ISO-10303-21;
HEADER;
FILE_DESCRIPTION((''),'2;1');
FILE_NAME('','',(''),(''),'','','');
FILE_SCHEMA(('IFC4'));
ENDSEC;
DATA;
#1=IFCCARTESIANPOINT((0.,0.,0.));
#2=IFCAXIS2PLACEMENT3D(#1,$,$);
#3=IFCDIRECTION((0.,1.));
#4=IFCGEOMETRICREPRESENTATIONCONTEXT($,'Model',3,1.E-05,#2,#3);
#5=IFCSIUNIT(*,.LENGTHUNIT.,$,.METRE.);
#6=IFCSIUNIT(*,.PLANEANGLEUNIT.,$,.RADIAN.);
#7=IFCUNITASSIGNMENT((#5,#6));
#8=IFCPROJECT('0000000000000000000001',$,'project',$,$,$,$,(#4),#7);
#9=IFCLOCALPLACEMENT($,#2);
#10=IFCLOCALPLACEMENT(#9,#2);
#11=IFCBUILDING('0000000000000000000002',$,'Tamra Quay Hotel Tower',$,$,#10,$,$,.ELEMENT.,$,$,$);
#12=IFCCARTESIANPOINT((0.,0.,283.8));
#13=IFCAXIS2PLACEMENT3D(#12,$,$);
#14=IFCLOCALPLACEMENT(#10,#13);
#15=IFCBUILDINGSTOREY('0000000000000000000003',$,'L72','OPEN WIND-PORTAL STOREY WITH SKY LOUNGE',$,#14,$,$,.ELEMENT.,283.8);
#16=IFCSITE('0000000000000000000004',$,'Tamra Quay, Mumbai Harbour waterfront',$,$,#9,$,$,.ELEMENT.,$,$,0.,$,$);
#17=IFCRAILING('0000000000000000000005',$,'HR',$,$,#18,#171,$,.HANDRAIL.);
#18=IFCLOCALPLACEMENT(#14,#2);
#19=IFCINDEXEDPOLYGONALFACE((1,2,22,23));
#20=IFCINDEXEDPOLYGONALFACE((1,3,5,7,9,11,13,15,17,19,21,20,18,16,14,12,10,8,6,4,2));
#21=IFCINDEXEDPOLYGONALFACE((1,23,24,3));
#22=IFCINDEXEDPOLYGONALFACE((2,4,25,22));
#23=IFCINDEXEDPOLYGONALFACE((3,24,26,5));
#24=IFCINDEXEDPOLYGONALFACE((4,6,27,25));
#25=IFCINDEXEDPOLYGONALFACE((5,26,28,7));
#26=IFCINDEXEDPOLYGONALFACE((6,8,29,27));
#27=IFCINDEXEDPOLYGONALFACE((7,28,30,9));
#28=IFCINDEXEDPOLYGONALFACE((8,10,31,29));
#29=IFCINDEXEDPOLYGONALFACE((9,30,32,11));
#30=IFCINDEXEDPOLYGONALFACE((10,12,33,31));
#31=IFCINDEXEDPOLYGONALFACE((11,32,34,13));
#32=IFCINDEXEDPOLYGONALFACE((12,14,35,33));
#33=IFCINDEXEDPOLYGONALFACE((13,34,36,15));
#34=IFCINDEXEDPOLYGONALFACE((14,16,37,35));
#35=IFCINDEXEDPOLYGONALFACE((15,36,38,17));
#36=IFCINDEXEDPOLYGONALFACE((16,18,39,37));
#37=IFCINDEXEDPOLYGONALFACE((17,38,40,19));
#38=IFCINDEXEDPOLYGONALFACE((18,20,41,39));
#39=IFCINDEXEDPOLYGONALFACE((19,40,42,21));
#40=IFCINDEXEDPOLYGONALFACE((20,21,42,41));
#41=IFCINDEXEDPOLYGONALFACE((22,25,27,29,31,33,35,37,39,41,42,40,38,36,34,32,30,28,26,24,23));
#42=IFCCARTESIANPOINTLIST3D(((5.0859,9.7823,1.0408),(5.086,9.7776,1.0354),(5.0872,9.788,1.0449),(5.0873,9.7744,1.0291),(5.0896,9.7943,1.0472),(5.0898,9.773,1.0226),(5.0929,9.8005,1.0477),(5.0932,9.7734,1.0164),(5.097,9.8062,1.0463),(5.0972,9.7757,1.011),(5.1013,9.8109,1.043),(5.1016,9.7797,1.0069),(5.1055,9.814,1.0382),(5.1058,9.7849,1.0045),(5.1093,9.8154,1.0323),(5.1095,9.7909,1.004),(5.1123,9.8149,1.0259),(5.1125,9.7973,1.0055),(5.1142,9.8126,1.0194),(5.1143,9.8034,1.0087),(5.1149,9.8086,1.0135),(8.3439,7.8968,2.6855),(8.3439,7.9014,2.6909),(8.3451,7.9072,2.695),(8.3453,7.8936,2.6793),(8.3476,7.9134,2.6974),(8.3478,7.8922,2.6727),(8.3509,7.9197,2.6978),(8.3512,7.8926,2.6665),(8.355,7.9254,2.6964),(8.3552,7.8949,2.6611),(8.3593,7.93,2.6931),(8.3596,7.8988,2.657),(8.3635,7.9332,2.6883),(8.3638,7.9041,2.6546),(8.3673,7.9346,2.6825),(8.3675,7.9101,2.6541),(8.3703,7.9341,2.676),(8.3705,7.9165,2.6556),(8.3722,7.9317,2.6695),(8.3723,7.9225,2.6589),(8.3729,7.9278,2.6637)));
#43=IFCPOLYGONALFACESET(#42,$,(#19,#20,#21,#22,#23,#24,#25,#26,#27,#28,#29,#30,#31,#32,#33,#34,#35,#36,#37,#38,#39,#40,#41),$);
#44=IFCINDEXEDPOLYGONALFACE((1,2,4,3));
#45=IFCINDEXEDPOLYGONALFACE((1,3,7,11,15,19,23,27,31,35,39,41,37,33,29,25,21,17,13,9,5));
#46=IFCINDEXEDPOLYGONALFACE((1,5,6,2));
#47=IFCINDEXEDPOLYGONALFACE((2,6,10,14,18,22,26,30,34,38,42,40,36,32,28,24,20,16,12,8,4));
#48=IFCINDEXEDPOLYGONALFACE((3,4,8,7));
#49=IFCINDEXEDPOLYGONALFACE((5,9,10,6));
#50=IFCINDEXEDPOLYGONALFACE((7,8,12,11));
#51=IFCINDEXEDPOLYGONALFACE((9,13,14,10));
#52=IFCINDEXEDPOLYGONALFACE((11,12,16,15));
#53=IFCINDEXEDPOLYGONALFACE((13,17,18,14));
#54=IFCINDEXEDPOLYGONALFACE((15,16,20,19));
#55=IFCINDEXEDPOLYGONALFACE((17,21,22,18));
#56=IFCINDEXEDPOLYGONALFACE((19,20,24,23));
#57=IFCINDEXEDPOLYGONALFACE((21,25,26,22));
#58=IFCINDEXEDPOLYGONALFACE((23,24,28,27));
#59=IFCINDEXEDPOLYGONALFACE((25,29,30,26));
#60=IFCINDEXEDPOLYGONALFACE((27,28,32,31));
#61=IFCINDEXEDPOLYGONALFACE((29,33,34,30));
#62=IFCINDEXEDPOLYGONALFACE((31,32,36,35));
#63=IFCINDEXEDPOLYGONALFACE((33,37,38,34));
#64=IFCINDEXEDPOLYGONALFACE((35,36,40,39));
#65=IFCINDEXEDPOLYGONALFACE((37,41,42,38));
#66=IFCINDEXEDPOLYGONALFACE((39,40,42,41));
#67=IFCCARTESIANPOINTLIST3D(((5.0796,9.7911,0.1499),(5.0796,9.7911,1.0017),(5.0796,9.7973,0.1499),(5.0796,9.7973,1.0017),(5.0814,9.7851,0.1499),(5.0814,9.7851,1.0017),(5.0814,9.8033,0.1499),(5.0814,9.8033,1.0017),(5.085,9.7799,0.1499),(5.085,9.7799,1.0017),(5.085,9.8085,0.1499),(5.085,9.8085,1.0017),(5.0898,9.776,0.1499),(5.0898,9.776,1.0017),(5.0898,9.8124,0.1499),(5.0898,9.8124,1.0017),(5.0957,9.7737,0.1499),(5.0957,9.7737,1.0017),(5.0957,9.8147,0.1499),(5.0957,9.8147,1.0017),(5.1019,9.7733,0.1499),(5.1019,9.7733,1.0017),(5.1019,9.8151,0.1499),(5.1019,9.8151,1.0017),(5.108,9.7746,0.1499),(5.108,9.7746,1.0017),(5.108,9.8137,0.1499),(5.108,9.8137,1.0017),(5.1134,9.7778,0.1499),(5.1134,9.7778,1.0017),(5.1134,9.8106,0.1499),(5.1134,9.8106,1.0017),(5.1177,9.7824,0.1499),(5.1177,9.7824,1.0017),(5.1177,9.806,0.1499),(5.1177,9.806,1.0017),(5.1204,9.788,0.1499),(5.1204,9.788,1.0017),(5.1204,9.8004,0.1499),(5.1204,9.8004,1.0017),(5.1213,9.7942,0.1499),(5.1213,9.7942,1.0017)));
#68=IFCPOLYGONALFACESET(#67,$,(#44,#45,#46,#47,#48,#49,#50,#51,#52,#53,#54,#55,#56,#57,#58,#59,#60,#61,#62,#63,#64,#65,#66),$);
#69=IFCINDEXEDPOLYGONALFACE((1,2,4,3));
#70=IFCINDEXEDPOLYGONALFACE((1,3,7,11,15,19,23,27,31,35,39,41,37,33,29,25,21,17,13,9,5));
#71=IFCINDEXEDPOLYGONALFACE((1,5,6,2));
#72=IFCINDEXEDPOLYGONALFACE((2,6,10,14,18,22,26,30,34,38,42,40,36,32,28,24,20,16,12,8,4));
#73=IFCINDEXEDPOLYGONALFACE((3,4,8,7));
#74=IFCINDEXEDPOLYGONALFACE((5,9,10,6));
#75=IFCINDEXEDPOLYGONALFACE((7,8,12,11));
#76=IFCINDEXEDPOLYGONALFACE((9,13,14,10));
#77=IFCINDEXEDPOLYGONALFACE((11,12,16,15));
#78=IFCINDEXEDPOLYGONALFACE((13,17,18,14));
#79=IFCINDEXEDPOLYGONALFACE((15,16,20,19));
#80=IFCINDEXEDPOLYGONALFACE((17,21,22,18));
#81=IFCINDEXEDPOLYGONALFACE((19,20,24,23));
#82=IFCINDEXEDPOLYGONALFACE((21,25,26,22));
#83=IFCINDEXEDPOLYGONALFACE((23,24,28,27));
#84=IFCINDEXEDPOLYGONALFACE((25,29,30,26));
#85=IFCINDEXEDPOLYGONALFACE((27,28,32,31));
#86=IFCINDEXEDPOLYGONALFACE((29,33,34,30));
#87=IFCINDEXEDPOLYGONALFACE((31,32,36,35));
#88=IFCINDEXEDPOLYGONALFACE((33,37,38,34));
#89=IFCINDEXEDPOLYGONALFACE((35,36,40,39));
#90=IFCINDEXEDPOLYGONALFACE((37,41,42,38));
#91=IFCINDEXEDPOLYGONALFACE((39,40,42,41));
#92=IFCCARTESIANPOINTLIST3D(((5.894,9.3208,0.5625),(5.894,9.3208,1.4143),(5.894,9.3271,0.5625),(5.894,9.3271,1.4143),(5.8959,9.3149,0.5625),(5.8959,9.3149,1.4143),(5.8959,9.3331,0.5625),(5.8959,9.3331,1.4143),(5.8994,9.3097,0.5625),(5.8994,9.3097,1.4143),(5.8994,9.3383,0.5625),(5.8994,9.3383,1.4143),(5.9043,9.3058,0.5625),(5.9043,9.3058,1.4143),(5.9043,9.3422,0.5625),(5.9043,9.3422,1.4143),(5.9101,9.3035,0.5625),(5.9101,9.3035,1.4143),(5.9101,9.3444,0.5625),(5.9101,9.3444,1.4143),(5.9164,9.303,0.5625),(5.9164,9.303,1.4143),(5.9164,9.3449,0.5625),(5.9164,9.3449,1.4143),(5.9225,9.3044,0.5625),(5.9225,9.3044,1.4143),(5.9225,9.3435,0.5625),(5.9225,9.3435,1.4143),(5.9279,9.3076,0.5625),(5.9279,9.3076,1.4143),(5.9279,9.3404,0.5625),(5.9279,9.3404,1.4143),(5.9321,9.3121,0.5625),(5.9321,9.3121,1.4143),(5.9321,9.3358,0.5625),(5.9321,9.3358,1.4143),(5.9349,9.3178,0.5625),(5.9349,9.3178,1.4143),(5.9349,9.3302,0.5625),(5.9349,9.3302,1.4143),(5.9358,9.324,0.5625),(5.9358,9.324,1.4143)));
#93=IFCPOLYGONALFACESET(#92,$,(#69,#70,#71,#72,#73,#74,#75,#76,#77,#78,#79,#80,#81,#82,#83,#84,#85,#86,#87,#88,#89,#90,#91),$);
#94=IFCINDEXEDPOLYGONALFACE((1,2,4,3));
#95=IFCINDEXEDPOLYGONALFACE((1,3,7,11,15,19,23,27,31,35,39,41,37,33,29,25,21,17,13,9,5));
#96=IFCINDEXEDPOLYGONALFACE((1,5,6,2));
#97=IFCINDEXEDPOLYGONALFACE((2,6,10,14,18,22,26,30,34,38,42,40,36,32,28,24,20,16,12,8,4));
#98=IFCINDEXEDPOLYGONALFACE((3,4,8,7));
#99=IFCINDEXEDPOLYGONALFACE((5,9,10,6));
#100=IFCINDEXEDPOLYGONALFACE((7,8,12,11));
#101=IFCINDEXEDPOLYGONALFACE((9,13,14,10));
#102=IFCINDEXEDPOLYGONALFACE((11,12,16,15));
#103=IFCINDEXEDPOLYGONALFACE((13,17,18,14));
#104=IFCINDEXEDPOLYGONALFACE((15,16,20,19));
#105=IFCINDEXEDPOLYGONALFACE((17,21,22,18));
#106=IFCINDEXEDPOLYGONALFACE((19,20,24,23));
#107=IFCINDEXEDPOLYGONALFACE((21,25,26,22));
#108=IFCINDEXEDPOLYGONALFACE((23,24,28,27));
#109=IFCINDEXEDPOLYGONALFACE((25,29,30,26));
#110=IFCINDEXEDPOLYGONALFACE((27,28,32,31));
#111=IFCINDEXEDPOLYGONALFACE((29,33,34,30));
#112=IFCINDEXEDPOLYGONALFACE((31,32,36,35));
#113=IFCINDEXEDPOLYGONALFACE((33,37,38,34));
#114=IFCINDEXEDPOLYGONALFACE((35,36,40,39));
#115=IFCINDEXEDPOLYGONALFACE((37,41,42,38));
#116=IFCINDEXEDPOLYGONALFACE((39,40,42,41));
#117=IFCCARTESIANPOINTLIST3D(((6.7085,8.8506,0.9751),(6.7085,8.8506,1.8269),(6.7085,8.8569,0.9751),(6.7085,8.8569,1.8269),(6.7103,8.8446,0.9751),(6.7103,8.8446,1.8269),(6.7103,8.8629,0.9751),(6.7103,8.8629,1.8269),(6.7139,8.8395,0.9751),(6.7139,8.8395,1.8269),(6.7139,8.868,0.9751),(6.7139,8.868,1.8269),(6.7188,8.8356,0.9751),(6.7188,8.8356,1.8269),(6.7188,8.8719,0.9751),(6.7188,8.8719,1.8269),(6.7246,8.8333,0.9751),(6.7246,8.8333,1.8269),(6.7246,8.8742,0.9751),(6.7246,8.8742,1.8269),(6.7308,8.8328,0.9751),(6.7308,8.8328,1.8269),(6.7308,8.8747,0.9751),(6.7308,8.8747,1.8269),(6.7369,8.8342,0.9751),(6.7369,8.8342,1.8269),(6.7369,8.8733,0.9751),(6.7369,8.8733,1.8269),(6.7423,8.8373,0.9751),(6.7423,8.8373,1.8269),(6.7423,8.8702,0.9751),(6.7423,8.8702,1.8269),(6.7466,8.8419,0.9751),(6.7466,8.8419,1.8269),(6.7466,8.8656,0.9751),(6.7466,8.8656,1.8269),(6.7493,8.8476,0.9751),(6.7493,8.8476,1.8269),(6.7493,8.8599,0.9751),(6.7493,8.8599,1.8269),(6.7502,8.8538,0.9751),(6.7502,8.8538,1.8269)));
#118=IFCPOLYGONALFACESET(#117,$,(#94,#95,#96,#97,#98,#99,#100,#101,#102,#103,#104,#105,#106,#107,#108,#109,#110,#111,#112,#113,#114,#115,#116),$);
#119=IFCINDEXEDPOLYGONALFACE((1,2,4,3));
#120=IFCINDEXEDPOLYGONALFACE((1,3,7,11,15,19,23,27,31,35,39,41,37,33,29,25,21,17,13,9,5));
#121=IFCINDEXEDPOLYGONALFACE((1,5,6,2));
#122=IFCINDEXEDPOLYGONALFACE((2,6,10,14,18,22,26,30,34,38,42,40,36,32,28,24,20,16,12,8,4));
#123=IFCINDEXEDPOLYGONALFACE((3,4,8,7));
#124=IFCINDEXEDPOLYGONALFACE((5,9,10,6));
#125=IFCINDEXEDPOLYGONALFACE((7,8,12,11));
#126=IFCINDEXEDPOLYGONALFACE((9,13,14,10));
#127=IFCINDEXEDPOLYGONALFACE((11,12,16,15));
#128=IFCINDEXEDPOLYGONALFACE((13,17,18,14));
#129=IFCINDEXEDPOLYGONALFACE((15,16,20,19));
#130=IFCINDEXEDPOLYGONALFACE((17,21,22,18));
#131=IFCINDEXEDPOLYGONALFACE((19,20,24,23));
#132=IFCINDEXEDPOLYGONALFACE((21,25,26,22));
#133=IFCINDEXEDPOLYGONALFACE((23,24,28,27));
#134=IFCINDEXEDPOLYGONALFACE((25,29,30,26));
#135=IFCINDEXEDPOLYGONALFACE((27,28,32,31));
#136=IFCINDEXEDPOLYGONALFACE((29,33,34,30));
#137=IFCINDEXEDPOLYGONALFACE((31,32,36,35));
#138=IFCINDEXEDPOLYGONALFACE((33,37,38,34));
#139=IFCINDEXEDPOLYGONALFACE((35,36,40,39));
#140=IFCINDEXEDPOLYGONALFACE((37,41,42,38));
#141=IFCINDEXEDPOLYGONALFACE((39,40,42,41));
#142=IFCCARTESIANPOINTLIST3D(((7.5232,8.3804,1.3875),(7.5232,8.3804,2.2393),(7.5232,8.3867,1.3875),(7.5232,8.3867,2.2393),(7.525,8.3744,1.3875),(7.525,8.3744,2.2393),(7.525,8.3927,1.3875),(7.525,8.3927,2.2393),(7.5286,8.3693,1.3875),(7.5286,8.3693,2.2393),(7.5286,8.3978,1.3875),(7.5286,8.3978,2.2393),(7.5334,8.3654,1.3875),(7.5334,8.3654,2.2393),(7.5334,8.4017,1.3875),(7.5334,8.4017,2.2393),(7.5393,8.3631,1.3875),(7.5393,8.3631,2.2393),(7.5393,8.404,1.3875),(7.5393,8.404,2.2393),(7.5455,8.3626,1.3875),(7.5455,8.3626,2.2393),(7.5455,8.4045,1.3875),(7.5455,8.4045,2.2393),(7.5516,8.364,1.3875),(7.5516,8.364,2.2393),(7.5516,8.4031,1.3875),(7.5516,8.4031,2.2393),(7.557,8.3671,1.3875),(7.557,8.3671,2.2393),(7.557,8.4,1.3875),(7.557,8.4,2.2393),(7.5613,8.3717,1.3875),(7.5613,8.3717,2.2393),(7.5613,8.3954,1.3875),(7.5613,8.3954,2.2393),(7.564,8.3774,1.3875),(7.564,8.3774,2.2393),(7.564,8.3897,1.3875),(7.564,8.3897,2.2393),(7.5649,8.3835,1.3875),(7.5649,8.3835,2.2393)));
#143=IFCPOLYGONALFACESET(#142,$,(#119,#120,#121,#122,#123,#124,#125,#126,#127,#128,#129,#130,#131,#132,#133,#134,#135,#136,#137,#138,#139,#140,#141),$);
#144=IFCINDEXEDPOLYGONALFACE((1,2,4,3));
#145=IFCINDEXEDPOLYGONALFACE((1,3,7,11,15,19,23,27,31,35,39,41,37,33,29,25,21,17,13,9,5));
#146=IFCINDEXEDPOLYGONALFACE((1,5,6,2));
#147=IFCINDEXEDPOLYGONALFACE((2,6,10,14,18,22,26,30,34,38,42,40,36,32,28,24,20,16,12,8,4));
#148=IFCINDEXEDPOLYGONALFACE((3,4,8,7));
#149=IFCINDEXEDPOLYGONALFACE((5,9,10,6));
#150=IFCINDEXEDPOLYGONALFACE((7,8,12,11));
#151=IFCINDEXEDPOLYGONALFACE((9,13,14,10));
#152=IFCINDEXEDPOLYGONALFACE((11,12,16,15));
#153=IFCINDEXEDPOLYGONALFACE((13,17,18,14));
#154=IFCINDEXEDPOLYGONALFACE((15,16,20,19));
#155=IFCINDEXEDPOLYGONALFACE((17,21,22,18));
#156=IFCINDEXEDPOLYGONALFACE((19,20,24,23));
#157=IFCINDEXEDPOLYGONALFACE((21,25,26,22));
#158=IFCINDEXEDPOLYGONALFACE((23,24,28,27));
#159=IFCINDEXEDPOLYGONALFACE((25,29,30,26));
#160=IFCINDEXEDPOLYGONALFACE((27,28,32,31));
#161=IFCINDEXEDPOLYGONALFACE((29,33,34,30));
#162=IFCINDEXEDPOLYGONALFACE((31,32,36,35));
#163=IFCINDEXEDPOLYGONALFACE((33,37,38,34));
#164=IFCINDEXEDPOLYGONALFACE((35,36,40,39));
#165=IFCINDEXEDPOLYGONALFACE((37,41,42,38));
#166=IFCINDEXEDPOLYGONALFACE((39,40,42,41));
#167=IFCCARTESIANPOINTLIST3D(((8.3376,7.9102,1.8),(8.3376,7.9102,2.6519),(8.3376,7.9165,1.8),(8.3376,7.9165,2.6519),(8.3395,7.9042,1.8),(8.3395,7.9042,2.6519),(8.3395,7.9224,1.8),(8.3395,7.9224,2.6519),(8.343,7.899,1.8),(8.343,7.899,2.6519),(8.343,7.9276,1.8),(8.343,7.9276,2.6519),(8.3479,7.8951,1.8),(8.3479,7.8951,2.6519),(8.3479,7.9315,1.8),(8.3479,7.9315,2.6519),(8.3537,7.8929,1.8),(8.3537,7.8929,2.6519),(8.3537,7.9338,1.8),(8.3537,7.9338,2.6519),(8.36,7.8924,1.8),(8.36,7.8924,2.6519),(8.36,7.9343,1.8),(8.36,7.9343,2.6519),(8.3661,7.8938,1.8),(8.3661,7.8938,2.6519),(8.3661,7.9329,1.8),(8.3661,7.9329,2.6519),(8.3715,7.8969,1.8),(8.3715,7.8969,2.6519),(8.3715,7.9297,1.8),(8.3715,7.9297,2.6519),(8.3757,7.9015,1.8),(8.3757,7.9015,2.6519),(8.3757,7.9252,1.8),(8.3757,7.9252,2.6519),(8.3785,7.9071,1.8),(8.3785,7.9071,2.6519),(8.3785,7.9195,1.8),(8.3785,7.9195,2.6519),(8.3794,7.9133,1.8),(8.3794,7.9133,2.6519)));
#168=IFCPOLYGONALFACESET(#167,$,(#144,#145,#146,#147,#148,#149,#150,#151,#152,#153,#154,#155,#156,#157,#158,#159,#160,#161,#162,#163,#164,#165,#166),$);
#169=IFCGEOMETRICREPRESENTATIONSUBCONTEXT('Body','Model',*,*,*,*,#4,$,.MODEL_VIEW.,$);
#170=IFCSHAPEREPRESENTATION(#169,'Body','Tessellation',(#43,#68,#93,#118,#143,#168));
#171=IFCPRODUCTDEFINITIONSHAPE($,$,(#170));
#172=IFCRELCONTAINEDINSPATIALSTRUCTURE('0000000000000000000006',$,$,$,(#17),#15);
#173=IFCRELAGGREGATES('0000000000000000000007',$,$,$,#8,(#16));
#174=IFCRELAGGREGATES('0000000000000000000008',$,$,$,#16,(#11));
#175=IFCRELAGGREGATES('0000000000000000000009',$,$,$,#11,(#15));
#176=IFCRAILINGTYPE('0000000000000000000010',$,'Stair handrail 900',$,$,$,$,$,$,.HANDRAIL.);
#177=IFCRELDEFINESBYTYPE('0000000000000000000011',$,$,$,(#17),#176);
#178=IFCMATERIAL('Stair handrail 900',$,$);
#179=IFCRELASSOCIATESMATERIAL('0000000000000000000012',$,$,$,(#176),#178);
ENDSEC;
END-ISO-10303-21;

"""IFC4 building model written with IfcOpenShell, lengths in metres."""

from ifc_helpers import new_model, si_unit, direction, frame, origin, origin_2d, place, context, subcontext, project, spatial, circle, extrude, material, type_object, element, save


model = new_model("IFC4")

# Units and contexts
model_context = context("Model", 3, precision=1e-05, world=origin(), true_north=direction((0.0, 1.0)))
body_context = subcontext(model_context, "Body", "Model", "MODEL_VIEW")
ifc_project = project(units=[si_unit("LENGTHUNIT", "METRE"), si_unit("PLANEANGLEUNIT", "RADIAN")], contexts=[model_context])

# Site, building, storey
site_placement = place(None, origin())
site = spatial("IfcSite", under=ifc_project, at=site_placement, Name="Tamra Quay, Mumbai Harbour waterfront", CompositionType="ELEMENT", RefElevation=0.0)
building_placement = place(site_placement, origin())
building = spatial("IfcBuilding", under=site, at=building_placement, Name="Tamra Quay Hotel Tower", CompositionType="ELEMENT")
storey_placement = place(building_placement, frame((0.0, 0.0, 283.8)))
storey = spatial("IfcBuildingStorey", under=building, at=storey_placement, Name="L72", Description="OPEN WIND-PORTAL STOREY WITH SKY LOUNGE", CompositionType="ELEMENT", Elevation=283.8)

# Railing
ifc_material_1 = material(Name="Stair handrail 900")
railing_type_1 = type_object("IfcRailingType", Name="Stair handrail 900", PredefinedType="HANDRAIL", material=ifc_material_1)
railing_1_placement = place(storey_placement, frame((5.1003, 9.7942, 0.1499)))
element("IfcRailing", 1, at=railing_1_placement, inside=storey, type_object=railing_type_1, Name="HR", PredefinedType="HANDRAIL", context=body_context, shape_type="SweptSolid", body=[
    extrude(circle(Radius=0.0239, at=origin_2d()), frame((0.0, 0.0, 0.876), z_axis=(0.793103, -0.457854, 0.401692), x_axis=(0.499964, 0.866046, 0.0)), (0.0, 0.0, 1.0), 4.1079),
    extrude(circle(Radius=0.021, at=origin_2d()), origin(), (0.0, 0.0, 1.0), 0.8518),
    extrude(circle(Radius=0.021, at=origin_2d()), frame((0.8145, -0.4702, 0.4126)), (0.0, 0.0, 1.0), 0.8518),
    extrude(circle(Radius=0.021, at=origin_2d()), frame((1.6289, -0.9404, 0.8252)), (0.0, 0.0, 1.0), 0.8518),
    extrude(circle(Radius=0.021, at=origin_2d()), frame((2.4436, -1.4106, 1.2375)), (0.0, 0.0, 1.0), 0.8518),
    extrude(circle(Radius=0.021, at=origin_2d()), frame((3.2581, -1.8809, 1.6501)), (0.0, 0.0, 1.0), 0.8518),
])

save(model, "model.ifc")
